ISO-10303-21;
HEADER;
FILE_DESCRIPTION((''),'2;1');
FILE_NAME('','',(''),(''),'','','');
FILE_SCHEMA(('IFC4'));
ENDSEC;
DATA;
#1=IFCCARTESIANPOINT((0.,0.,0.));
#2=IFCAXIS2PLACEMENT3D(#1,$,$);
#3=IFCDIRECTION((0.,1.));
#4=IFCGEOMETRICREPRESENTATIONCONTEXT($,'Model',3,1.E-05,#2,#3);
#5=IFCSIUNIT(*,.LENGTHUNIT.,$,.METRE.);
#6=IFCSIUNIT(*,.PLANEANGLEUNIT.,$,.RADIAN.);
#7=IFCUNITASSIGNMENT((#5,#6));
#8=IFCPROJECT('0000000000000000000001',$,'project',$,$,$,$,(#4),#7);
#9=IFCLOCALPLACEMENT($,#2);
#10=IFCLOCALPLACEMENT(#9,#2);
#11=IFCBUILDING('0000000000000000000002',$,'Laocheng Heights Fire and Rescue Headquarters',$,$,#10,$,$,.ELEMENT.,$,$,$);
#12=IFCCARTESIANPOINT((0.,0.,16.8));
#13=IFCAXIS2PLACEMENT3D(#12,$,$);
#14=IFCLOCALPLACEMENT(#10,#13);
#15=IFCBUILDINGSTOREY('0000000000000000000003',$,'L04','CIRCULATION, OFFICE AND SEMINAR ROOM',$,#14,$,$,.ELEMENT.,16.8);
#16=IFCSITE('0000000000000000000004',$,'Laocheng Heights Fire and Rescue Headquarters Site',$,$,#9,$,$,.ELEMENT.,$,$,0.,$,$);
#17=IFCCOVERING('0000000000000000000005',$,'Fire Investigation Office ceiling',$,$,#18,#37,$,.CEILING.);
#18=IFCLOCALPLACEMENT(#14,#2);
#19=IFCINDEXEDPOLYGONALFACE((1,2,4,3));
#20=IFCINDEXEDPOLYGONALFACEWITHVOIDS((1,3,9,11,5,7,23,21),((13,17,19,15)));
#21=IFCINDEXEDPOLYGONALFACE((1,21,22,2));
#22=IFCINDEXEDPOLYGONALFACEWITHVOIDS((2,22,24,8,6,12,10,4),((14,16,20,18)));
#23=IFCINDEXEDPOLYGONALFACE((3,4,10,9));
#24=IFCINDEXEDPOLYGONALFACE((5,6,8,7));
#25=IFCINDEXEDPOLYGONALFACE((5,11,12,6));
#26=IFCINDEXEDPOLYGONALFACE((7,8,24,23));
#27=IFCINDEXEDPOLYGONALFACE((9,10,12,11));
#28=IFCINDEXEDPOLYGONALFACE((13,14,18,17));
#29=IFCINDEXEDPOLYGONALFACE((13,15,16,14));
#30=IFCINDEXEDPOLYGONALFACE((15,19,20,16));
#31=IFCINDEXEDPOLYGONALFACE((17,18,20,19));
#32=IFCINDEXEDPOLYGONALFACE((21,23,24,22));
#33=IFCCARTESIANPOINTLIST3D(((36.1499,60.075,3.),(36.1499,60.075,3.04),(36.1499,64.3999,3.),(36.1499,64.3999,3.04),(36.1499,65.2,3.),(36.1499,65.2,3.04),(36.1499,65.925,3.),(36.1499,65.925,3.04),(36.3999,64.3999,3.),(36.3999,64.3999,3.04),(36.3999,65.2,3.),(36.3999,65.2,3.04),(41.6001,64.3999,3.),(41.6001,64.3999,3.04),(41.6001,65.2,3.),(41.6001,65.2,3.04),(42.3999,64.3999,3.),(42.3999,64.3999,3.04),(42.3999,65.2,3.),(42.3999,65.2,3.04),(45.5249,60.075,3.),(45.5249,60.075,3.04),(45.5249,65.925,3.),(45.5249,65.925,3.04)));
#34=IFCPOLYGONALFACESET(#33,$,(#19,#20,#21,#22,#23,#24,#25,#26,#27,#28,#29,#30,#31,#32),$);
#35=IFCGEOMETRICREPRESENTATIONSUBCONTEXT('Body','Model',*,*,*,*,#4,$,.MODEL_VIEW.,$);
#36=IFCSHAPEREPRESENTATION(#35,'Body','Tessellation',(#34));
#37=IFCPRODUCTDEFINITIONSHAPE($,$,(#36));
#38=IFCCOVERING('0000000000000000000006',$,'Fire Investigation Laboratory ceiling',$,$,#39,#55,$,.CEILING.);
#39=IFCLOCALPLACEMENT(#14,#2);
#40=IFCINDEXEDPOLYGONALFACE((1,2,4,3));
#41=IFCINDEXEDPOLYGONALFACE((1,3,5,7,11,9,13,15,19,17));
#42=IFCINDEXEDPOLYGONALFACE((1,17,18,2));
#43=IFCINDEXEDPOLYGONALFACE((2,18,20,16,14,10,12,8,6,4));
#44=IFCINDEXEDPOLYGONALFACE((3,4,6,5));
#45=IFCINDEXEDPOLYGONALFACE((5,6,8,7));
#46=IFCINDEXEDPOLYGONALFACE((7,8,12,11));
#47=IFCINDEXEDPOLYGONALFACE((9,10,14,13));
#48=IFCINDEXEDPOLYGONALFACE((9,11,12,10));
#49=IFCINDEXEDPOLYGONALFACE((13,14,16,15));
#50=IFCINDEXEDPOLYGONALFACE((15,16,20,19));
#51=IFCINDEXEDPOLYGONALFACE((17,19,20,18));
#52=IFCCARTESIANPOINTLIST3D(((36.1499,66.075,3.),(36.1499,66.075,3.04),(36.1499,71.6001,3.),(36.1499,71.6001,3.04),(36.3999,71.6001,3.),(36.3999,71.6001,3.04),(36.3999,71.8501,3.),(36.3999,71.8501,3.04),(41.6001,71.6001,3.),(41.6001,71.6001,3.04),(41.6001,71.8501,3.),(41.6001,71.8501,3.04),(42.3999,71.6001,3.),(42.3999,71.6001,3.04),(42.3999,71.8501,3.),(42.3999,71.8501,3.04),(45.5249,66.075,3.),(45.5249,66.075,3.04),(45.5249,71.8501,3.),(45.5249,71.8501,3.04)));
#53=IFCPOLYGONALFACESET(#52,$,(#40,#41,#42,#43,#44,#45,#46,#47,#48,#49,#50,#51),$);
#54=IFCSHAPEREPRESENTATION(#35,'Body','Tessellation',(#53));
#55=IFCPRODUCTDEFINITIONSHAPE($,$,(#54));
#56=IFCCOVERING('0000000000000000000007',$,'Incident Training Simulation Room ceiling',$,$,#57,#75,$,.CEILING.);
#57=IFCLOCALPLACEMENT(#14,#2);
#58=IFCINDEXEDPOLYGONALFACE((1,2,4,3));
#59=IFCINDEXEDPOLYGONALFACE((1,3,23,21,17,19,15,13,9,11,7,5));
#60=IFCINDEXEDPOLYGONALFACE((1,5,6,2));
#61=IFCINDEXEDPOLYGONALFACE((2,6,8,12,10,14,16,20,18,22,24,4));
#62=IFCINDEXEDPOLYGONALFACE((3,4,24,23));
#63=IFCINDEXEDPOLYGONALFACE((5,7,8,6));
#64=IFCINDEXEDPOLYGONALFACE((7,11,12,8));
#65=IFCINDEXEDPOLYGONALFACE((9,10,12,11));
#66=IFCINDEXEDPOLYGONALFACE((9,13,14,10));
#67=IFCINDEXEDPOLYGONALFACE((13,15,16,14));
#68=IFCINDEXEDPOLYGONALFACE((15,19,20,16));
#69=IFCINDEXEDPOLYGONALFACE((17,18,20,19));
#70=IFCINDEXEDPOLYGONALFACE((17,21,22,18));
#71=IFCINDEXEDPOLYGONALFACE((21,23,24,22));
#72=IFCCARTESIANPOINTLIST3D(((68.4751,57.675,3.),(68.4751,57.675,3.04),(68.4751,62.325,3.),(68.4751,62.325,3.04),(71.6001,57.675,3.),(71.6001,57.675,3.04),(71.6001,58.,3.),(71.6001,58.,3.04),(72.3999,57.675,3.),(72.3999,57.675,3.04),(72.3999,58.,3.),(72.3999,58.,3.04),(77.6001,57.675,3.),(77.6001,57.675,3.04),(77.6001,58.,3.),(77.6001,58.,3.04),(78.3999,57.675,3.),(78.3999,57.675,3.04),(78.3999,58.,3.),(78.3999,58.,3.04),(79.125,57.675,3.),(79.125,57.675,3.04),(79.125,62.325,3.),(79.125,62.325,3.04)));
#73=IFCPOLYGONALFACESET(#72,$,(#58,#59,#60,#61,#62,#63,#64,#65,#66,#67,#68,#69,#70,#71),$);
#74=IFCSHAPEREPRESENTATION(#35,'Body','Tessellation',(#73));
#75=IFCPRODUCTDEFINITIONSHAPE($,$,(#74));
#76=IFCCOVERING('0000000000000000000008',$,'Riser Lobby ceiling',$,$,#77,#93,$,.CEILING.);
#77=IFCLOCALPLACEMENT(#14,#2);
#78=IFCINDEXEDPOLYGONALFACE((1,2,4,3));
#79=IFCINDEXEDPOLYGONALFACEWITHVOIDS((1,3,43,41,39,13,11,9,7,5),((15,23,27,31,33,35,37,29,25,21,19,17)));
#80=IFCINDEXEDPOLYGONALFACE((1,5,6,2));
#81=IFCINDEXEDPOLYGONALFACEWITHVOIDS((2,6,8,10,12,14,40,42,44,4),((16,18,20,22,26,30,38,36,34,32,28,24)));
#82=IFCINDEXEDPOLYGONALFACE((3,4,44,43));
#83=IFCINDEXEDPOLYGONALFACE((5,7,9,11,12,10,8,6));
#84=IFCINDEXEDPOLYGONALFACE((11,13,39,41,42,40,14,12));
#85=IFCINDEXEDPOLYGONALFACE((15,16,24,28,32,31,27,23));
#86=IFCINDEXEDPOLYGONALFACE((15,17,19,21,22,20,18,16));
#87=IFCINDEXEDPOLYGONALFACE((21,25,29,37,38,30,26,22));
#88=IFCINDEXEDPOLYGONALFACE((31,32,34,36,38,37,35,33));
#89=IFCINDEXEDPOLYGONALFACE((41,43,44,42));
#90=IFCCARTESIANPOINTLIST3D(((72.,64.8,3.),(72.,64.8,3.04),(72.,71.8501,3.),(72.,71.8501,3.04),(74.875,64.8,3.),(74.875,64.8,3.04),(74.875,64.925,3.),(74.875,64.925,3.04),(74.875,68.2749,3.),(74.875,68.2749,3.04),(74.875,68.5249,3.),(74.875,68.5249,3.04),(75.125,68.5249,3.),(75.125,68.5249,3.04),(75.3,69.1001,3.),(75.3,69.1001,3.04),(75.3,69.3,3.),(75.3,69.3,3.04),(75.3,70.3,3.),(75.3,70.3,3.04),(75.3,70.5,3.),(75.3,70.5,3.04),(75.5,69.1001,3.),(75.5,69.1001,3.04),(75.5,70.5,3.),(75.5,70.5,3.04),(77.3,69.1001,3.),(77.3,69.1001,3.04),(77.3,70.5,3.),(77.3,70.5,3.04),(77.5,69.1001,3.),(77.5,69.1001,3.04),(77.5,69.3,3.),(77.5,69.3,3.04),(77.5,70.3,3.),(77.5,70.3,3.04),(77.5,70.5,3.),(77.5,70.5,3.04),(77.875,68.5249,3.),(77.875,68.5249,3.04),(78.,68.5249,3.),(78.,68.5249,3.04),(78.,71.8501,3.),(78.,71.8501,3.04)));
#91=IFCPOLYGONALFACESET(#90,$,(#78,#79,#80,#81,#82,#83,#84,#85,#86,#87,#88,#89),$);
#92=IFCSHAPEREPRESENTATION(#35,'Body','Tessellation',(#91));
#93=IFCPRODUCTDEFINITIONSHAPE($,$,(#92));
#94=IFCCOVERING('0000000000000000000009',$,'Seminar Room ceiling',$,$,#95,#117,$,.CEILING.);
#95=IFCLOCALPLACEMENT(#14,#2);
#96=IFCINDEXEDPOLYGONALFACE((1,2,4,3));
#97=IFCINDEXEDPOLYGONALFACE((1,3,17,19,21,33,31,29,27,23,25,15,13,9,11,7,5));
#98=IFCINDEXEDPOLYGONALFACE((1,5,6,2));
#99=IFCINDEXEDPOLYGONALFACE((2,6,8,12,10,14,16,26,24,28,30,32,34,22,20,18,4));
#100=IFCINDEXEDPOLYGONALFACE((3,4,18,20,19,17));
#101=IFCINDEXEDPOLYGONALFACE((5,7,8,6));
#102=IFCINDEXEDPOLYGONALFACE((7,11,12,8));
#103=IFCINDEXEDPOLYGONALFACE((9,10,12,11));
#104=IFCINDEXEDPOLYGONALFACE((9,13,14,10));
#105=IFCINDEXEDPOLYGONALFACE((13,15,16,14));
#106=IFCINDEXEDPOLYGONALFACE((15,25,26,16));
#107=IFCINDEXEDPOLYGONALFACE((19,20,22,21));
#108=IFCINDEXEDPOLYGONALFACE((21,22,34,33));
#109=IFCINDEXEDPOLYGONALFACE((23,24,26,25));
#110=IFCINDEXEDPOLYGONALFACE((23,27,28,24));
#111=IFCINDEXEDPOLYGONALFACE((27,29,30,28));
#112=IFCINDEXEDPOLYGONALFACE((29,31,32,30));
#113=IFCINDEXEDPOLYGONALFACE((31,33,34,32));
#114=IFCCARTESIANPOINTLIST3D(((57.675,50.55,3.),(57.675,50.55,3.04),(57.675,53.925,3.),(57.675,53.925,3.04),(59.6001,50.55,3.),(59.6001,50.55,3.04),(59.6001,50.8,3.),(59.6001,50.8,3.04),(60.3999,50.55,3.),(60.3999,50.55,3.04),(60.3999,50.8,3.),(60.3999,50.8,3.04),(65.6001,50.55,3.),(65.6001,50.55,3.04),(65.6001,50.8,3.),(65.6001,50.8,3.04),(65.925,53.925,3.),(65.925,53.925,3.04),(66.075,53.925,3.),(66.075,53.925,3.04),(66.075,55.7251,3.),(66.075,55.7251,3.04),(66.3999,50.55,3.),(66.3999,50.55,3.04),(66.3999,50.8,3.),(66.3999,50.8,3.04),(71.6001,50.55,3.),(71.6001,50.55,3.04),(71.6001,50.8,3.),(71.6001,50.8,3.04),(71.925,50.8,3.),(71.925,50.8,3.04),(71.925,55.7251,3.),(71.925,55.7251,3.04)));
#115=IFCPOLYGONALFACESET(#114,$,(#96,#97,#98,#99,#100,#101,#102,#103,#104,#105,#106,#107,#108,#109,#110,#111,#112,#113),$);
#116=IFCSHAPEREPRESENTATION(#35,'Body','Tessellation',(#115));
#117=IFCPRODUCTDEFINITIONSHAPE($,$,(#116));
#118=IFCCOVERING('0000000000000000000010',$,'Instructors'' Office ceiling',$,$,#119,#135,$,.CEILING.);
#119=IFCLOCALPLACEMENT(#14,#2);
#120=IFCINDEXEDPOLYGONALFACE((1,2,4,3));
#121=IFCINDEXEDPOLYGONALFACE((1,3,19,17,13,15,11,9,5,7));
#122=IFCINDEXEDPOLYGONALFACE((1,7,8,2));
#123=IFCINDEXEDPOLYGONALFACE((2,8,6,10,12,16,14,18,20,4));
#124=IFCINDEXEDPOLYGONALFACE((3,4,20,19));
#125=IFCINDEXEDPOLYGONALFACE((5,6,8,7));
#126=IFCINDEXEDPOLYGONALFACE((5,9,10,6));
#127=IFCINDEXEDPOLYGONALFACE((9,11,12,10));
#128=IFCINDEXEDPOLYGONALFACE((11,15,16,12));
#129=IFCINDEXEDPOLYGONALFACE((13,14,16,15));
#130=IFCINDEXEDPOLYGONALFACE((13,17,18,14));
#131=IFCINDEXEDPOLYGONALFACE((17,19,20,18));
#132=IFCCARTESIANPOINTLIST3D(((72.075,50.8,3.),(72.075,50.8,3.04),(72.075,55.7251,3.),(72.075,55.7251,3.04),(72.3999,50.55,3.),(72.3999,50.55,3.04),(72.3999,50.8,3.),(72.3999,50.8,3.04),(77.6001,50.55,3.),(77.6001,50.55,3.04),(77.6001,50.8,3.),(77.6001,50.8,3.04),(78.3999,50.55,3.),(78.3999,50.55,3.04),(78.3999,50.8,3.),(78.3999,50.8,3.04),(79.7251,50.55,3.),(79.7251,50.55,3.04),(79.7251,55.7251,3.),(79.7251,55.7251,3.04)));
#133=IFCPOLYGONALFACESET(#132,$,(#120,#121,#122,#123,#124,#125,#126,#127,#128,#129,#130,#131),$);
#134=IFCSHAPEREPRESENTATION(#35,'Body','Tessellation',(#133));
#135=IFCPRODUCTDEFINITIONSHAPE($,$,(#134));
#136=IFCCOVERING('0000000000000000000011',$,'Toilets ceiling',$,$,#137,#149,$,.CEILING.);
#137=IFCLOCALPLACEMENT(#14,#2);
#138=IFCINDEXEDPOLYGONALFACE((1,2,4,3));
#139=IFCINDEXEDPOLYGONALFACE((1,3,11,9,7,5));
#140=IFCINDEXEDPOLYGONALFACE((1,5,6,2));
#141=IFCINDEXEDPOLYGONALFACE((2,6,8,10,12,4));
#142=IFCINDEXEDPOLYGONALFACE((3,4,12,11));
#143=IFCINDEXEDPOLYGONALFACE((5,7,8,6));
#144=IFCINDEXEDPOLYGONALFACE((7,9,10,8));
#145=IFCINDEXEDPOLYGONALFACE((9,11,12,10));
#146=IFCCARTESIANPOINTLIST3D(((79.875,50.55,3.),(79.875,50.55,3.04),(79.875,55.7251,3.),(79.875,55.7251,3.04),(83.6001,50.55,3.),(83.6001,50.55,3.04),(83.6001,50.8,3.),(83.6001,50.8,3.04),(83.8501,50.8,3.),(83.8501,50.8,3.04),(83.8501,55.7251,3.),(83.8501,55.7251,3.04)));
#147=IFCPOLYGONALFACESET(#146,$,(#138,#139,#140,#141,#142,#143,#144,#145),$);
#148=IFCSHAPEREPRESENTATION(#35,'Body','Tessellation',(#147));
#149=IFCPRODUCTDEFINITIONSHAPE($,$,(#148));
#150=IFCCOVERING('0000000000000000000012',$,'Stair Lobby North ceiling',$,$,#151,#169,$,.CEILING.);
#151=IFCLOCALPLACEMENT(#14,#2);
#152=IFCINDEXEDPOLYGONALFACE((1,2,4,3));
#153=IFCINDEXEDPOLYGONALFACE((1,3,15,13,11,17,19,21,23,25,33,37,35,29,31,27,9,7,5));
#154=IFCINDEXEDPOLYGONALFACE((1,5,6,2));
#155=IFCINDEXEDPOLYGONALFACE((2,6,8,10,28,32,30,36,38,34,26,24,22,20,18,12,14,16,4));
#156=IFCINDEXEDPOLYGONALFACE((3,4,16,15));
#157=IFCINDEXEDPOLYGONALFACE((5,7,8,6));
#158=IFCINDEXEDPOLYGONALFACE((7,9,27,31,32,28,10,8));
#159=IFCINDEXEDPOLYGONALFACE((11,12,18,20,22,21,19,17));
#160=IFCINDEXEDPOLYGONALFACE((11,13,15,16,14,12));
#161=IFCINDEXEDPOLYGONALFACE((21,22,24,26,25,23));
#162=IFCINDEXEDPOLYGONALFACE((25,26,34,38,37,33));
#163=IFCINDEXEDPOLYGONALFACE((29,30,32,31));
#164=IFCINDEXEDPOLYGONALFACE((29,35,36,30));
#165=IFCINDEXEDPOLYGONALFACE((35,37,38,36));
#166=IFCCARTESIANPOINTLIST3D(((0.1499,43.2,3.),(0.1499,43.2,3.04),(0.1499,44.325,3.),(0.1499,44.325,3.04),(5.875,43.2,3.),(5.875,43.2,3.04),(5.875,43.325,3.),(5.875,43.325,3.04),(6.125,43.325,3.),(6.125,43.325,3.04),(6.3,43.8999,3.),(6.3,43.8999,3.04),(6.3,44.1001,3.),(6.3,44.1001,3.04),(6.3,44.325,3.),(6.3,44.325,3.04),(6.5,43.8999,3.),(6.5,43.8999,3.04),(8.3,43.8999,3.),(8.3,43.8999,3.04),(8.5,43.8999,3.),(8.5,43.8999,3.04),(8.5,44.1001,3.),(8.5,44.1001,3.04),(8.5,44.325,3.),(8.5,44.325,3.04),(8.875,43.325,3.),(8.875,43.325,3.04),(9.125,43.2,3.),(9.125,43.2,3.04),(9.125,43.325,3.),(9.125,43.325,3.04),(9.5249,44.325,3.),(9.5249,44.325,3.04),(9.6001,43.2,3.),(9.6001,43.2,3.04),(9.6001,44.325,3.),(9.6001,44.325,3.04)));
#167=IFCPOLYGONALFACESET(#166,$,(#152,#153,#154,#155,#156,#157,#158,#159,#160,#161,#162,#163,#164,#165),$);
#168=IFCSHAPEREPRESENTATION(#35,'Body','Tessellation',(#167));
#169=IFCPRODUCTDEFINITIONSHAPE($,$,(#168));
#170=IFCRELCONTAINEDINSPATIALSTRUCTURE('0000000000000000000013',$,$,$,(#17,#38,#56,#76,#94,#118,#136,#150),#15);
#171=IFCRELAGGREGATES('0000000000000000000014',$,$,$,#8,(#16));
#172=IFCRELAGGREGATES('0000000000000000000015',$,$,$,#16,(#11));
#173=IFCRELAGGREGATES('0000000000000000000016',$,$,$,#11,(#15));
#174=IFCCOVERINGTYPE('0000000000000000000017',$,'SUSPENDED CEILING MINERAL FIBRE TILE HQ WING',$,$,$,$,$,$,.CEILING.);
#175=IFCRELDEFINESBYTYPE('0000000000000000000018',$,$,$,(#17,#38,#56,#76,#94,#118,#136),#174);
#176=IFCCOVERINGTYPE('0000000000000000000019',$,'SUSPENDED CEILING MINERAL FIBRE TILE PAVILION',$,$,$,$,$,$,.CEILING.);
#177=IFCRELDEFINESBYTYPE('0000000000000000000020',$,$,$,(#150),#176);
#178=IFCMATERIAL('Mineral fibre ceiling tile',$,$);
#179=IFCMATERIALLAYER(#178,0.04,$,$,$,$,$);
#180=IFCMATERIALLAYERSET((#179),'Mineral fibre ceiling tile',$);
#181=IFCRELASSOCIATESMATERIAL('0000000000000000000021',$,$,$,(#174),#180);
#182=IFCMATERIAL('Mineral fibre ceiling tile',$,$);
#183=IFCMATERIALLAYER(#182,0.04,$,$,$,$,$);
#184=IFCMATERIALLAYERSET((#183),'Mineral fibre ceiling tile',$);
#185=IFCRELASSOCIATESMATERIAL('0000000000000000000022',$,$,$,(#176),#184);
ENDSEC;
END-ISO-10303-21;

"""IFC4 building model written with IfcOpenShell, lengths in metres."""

from ifc_helpers import new_model, si_unit, direction, frame, origin, place, context, subcontext, project, spatial, polyline, outline, extrude, material, layer, layer_set, type_object, element, save


model = new_model("IFC4")

# Units and contexts
model_context = context("Model", 3, precision=1e-05, world=origin(), true_north=direction((0.0, 1.0)))
body_context = subcontext(model_context, "Body", "Model", "MODEL_VIEW")
ifc_project = project(units=[si_unit("LENGTHUNIT", "METRE"), si_unit("PLANEANGLEUNIT", "RADIAN")], contexts=[model_context])

# Site, building, storey
site_placement = place(None, origin())
site = spatial("IfcSite", under=ifc_project, at=site_placement, Name="Laocheng Heights Fire and Rescue Headquarters Site", CompositionType="ELEMENT", RefElevation=0.0)
building_placement = place(site_placement, origin())
building = spatial("IfcBuilding", under=site, at=building_placement, Name="Laocheng Heights Fire and Rescue Headquarters", CompositionType="ELEMENT")
storey_placement = place(building_placement, frame((0.0, 0.0, 16.8)))
storey = spatial("IfcBuildingStorey", under=building, at=storey_placement, Name="L04", Description="CIRCULATION, OFFICE AND SEMINAR ROOM", CompositionType="ELEMENT", Elevation=16.8)

# Coverings
ifc_material_1 = material(Name="Mineral fibre ceiling tile")
ifc_layer_1 = layer(ifc_material_1, 0.04)
ifc_layer_set_1 = layer_set([ifc_layer_1], Name="Mineral fibre ceiling tile")
covering_type_1 = type_object("IfcCoveringType", Name="SUSPENDED CEILING MINERAL FIBRE TILE HQ WING", PredefinedType="CEILING", material=ifc_layer_set_1)
covering_1_placement = place(storey_placement, frame((0.0, 0.0, 3.0)))
element("IfcCovering", 1, at=covering_1_placement, inside=storey, type_object=covering_type_1, Name="Fire Investigation Office ceiling", PredefinedType="CEILING", context=body_context, shape_type="SweptSolid", body=[
    extrude(outline(polyline([(45.5249, 60.075), (36.1499, 60.075), (36.1499, 64.3999), (36.3999, 64.3999), (36.3999, 65.2), (36.1499, 65.2), (36.1499, 65.925), (45.5249, 65.925), (45.5249, 60.075)]), holes=[polyline([(42.3999, 65.2), (41.6001, 65.2), (41.6001, 64.3999), (42.3999, 64.3999), (42.3999, 65.2)])]), origin(), (0.0, 0.0, 1.0), 0.04),
])
covering_2_placement = place(storey_placement, frame((0.0, 0.0, 3.0)))
element("IfcCovering", 2, at=covering_2_placement, inside=storey, type_object=covering_type_1, Name="Fire Investigation Laboratory ceiling", PredefinedType="CEILING", context=body_context, shape_type="SweptSolid", body=[
    extrude(outline(polyline([(41.6001, 71.8501), (41.6001, 71.6001), (42.3999, 71.6001), (42.3999, 71.8501), (45.5249, 71.8501), (45.5249, 66.075), (36.1499, 66.075), (36.1499, 71.6001), (36.3999, 71.6001), (36.3999, 71.8501), (41.6001, 71.8501)])), origin(), (0.0, 0.0, 1.0), 0.04),
])
covering_3_placement = place(storey_placement, frame((0.0, 0.0, 3.0)))
element("IfcCovering", 3, at=covering_3_placement, inside=storey, type_object=covering_type_1, Name="Incident Training Simulation Room ceiling", PredefinedType="CEILING", context=body_context, shape_type="SweptSolid", body=[
    extrude(outline(polyline([(68.4751, 62.325), (79.125, 62.325), (79.125, 57.675), (78.3999, 57.675), (78.3999, 58.0), (77.6001, 58.0), (77.6001, 57.675), (72.3999, 57.675), (72.3999, 58.0), (71.6001, 58.0), (71.6001, 57.675), (68.4751, 57.675), (68.4751, 62.325)])), origin(), (0.0, 0.0, 1.0), 0.04),
])
covering_4_placement = place(storey_placement, frame((0.0, 0.0, 3.0)))
element("IfcCovering", 4, at=covering_4_placement, inside=storey, type_object=covering_type_1, Name="Riser Lobby ceiling", PredefinedType="CEILING", context=body_context, shape_type="SweptSolid", body=[
    extrude(outline(polyline([(72.0, 71.8501), (78.0, 71.8501), (78.0, 68.5249), (77.875, 68.5249), (75.125, 68.5249), (74.875, 68.5249), (74.875, 68.2749), (74.875, 64.925), (74.875, 64.8), (72.0, 64.8), (72.0, 71.8501)]), holes=[polyline([(75.3, 69.1001), (75.5, 69.1001), (77.3, 69.1001), (77.5, 69.1001), (77.5, 69.3), (77.5, 70.3), (77.5, 70.5), (77.3, 70.5), (75.5, 70.5), (75.3, 70.5), (75.3, 70.3), (75.3, 69.3), (75.3, 69.1001)])]), origin(), (0.0, 0.0, 1.0), 0.04),
])
covering_5_placement = place(storey_placement, frame((0.0, 0.0, 3.0)))
element("IfcCovering", 5, at=covering_5_placement, inside=storey, type_object=covering_type_1, Name="Seminar Room ceiling", PredefinedType="CEILING", context=body_context, shape_type="SweptSolid", body=[
    extrude(outline(polyline([(66.075, 53.925), (66.075, 55.7251), (71.925, 55.7251), (71.925, 50.8), (71.6001, 50.8), (71.6001, 50.55), (66.3999, 50.55), (66.3999, 50.8), (65.6001, 50.8), (65.6001, 50.55), (60.3999, 50.55), (60.3999, 50.8), (59.6001, 50.8), (59.6001, 50.55), (57.675, 50.55), (57.675, 53.925), (65.925, 53.925), (66.075, 53.925)])), origin(), (0.0, 0.0, 1.0), 0.04),
])
covering_6_placement = place(storey_placement, frame((0.0, 0.0, 3.0)))
element("IfcCovering", 6, at=covering_6_placement, inside=storey, type_object=covering_type_1, Name="Instructors' Office ceiling", PredefinedType="CEILING", context=body_context, shape_type="SweptSolid", body=[
    extrude(outline(polyline([(79.7251, 55.7251), (79.7251, 50.55), (78.3999, 50.55), (78.3999, 50.8), (77.6001, 50.8), (77.6001, 50.55), (72.3999, 50.55), (72.3999, 50.8), (72.075, 50.8), (72.075, 55.7251), (79.7251, 55.7251)])), origin(), (0.0, 0.0, 1.0), 0.04),
])
covering_7_placement = place(storey_placement, frame((0.0, 0.0, 3.0)))
element("IfcCovering", 7, at=covering_7_placement, inside=storey, type_object=covering_type_1, Name="Toilets ceiling", PredefinedType="CEILING", context=body_context, shape_type="SweptSolid", body=[
    extrude(outline(polyline([(79.875, 55.7251), (83.8501, 55.7251), (83.8501, 50.8), (83.6001, 50.8), (83.6001, 50.55), (79.875, 50.55), (79.875, 55.7251)])), origin(), (0.0, 0.0, 1.0), 0.04),
])
ifc_material_2 = material(Name="Mineral fibre ceiling tile")
ifc_layer_2 = layer(ifc_material_2, 0.04)
ifc_layer_set_2 = layer_set([ifc_layer_2], Name="Mineral fibre ceiling tile")
covering_type_2 = type_object("IfcCoveringType", Name="SUSPENDED CEILING MINERAL FIBRE TILE PAVILION", PredefinedType="CEILING", material=ifc_layer_set_2)
covering_8_placement = place(storey_placement, frame((0.0, 0.0, 3.0)))
element("IfcCovering", 8, at=covering_8_placement, inside=storey, type_object=covering_type_2, Name="Stair Lobby North ceiling", PredefinedType="CEILING", context=body_context, shape_type="SweptSolid", body=[
    extrude(outline(polyline([(9.125, 43.2), (9.125, 43.325), (8.875, 43.325), (6.125, 43.325), (5.875, 43.325), (5.875, 43.2), (0.1499, 43.2), (0.1499, 44.325), (6.3, 44.325), (6.3, 44.1001), (6.3, 43.8999), (6.5, 43.8999), (8.3, 43.8999), (8.5, 43.8999), (8.5, 44.1001), (8.5, 44.325), (9.5249, 44.325), (9.6001, 44.325), (9.6001, 43.2), (9.125, 43.2)])), origin(), (0.0, 0.0, 1.0), 0.04),
])

save(model, "model.ifc")
